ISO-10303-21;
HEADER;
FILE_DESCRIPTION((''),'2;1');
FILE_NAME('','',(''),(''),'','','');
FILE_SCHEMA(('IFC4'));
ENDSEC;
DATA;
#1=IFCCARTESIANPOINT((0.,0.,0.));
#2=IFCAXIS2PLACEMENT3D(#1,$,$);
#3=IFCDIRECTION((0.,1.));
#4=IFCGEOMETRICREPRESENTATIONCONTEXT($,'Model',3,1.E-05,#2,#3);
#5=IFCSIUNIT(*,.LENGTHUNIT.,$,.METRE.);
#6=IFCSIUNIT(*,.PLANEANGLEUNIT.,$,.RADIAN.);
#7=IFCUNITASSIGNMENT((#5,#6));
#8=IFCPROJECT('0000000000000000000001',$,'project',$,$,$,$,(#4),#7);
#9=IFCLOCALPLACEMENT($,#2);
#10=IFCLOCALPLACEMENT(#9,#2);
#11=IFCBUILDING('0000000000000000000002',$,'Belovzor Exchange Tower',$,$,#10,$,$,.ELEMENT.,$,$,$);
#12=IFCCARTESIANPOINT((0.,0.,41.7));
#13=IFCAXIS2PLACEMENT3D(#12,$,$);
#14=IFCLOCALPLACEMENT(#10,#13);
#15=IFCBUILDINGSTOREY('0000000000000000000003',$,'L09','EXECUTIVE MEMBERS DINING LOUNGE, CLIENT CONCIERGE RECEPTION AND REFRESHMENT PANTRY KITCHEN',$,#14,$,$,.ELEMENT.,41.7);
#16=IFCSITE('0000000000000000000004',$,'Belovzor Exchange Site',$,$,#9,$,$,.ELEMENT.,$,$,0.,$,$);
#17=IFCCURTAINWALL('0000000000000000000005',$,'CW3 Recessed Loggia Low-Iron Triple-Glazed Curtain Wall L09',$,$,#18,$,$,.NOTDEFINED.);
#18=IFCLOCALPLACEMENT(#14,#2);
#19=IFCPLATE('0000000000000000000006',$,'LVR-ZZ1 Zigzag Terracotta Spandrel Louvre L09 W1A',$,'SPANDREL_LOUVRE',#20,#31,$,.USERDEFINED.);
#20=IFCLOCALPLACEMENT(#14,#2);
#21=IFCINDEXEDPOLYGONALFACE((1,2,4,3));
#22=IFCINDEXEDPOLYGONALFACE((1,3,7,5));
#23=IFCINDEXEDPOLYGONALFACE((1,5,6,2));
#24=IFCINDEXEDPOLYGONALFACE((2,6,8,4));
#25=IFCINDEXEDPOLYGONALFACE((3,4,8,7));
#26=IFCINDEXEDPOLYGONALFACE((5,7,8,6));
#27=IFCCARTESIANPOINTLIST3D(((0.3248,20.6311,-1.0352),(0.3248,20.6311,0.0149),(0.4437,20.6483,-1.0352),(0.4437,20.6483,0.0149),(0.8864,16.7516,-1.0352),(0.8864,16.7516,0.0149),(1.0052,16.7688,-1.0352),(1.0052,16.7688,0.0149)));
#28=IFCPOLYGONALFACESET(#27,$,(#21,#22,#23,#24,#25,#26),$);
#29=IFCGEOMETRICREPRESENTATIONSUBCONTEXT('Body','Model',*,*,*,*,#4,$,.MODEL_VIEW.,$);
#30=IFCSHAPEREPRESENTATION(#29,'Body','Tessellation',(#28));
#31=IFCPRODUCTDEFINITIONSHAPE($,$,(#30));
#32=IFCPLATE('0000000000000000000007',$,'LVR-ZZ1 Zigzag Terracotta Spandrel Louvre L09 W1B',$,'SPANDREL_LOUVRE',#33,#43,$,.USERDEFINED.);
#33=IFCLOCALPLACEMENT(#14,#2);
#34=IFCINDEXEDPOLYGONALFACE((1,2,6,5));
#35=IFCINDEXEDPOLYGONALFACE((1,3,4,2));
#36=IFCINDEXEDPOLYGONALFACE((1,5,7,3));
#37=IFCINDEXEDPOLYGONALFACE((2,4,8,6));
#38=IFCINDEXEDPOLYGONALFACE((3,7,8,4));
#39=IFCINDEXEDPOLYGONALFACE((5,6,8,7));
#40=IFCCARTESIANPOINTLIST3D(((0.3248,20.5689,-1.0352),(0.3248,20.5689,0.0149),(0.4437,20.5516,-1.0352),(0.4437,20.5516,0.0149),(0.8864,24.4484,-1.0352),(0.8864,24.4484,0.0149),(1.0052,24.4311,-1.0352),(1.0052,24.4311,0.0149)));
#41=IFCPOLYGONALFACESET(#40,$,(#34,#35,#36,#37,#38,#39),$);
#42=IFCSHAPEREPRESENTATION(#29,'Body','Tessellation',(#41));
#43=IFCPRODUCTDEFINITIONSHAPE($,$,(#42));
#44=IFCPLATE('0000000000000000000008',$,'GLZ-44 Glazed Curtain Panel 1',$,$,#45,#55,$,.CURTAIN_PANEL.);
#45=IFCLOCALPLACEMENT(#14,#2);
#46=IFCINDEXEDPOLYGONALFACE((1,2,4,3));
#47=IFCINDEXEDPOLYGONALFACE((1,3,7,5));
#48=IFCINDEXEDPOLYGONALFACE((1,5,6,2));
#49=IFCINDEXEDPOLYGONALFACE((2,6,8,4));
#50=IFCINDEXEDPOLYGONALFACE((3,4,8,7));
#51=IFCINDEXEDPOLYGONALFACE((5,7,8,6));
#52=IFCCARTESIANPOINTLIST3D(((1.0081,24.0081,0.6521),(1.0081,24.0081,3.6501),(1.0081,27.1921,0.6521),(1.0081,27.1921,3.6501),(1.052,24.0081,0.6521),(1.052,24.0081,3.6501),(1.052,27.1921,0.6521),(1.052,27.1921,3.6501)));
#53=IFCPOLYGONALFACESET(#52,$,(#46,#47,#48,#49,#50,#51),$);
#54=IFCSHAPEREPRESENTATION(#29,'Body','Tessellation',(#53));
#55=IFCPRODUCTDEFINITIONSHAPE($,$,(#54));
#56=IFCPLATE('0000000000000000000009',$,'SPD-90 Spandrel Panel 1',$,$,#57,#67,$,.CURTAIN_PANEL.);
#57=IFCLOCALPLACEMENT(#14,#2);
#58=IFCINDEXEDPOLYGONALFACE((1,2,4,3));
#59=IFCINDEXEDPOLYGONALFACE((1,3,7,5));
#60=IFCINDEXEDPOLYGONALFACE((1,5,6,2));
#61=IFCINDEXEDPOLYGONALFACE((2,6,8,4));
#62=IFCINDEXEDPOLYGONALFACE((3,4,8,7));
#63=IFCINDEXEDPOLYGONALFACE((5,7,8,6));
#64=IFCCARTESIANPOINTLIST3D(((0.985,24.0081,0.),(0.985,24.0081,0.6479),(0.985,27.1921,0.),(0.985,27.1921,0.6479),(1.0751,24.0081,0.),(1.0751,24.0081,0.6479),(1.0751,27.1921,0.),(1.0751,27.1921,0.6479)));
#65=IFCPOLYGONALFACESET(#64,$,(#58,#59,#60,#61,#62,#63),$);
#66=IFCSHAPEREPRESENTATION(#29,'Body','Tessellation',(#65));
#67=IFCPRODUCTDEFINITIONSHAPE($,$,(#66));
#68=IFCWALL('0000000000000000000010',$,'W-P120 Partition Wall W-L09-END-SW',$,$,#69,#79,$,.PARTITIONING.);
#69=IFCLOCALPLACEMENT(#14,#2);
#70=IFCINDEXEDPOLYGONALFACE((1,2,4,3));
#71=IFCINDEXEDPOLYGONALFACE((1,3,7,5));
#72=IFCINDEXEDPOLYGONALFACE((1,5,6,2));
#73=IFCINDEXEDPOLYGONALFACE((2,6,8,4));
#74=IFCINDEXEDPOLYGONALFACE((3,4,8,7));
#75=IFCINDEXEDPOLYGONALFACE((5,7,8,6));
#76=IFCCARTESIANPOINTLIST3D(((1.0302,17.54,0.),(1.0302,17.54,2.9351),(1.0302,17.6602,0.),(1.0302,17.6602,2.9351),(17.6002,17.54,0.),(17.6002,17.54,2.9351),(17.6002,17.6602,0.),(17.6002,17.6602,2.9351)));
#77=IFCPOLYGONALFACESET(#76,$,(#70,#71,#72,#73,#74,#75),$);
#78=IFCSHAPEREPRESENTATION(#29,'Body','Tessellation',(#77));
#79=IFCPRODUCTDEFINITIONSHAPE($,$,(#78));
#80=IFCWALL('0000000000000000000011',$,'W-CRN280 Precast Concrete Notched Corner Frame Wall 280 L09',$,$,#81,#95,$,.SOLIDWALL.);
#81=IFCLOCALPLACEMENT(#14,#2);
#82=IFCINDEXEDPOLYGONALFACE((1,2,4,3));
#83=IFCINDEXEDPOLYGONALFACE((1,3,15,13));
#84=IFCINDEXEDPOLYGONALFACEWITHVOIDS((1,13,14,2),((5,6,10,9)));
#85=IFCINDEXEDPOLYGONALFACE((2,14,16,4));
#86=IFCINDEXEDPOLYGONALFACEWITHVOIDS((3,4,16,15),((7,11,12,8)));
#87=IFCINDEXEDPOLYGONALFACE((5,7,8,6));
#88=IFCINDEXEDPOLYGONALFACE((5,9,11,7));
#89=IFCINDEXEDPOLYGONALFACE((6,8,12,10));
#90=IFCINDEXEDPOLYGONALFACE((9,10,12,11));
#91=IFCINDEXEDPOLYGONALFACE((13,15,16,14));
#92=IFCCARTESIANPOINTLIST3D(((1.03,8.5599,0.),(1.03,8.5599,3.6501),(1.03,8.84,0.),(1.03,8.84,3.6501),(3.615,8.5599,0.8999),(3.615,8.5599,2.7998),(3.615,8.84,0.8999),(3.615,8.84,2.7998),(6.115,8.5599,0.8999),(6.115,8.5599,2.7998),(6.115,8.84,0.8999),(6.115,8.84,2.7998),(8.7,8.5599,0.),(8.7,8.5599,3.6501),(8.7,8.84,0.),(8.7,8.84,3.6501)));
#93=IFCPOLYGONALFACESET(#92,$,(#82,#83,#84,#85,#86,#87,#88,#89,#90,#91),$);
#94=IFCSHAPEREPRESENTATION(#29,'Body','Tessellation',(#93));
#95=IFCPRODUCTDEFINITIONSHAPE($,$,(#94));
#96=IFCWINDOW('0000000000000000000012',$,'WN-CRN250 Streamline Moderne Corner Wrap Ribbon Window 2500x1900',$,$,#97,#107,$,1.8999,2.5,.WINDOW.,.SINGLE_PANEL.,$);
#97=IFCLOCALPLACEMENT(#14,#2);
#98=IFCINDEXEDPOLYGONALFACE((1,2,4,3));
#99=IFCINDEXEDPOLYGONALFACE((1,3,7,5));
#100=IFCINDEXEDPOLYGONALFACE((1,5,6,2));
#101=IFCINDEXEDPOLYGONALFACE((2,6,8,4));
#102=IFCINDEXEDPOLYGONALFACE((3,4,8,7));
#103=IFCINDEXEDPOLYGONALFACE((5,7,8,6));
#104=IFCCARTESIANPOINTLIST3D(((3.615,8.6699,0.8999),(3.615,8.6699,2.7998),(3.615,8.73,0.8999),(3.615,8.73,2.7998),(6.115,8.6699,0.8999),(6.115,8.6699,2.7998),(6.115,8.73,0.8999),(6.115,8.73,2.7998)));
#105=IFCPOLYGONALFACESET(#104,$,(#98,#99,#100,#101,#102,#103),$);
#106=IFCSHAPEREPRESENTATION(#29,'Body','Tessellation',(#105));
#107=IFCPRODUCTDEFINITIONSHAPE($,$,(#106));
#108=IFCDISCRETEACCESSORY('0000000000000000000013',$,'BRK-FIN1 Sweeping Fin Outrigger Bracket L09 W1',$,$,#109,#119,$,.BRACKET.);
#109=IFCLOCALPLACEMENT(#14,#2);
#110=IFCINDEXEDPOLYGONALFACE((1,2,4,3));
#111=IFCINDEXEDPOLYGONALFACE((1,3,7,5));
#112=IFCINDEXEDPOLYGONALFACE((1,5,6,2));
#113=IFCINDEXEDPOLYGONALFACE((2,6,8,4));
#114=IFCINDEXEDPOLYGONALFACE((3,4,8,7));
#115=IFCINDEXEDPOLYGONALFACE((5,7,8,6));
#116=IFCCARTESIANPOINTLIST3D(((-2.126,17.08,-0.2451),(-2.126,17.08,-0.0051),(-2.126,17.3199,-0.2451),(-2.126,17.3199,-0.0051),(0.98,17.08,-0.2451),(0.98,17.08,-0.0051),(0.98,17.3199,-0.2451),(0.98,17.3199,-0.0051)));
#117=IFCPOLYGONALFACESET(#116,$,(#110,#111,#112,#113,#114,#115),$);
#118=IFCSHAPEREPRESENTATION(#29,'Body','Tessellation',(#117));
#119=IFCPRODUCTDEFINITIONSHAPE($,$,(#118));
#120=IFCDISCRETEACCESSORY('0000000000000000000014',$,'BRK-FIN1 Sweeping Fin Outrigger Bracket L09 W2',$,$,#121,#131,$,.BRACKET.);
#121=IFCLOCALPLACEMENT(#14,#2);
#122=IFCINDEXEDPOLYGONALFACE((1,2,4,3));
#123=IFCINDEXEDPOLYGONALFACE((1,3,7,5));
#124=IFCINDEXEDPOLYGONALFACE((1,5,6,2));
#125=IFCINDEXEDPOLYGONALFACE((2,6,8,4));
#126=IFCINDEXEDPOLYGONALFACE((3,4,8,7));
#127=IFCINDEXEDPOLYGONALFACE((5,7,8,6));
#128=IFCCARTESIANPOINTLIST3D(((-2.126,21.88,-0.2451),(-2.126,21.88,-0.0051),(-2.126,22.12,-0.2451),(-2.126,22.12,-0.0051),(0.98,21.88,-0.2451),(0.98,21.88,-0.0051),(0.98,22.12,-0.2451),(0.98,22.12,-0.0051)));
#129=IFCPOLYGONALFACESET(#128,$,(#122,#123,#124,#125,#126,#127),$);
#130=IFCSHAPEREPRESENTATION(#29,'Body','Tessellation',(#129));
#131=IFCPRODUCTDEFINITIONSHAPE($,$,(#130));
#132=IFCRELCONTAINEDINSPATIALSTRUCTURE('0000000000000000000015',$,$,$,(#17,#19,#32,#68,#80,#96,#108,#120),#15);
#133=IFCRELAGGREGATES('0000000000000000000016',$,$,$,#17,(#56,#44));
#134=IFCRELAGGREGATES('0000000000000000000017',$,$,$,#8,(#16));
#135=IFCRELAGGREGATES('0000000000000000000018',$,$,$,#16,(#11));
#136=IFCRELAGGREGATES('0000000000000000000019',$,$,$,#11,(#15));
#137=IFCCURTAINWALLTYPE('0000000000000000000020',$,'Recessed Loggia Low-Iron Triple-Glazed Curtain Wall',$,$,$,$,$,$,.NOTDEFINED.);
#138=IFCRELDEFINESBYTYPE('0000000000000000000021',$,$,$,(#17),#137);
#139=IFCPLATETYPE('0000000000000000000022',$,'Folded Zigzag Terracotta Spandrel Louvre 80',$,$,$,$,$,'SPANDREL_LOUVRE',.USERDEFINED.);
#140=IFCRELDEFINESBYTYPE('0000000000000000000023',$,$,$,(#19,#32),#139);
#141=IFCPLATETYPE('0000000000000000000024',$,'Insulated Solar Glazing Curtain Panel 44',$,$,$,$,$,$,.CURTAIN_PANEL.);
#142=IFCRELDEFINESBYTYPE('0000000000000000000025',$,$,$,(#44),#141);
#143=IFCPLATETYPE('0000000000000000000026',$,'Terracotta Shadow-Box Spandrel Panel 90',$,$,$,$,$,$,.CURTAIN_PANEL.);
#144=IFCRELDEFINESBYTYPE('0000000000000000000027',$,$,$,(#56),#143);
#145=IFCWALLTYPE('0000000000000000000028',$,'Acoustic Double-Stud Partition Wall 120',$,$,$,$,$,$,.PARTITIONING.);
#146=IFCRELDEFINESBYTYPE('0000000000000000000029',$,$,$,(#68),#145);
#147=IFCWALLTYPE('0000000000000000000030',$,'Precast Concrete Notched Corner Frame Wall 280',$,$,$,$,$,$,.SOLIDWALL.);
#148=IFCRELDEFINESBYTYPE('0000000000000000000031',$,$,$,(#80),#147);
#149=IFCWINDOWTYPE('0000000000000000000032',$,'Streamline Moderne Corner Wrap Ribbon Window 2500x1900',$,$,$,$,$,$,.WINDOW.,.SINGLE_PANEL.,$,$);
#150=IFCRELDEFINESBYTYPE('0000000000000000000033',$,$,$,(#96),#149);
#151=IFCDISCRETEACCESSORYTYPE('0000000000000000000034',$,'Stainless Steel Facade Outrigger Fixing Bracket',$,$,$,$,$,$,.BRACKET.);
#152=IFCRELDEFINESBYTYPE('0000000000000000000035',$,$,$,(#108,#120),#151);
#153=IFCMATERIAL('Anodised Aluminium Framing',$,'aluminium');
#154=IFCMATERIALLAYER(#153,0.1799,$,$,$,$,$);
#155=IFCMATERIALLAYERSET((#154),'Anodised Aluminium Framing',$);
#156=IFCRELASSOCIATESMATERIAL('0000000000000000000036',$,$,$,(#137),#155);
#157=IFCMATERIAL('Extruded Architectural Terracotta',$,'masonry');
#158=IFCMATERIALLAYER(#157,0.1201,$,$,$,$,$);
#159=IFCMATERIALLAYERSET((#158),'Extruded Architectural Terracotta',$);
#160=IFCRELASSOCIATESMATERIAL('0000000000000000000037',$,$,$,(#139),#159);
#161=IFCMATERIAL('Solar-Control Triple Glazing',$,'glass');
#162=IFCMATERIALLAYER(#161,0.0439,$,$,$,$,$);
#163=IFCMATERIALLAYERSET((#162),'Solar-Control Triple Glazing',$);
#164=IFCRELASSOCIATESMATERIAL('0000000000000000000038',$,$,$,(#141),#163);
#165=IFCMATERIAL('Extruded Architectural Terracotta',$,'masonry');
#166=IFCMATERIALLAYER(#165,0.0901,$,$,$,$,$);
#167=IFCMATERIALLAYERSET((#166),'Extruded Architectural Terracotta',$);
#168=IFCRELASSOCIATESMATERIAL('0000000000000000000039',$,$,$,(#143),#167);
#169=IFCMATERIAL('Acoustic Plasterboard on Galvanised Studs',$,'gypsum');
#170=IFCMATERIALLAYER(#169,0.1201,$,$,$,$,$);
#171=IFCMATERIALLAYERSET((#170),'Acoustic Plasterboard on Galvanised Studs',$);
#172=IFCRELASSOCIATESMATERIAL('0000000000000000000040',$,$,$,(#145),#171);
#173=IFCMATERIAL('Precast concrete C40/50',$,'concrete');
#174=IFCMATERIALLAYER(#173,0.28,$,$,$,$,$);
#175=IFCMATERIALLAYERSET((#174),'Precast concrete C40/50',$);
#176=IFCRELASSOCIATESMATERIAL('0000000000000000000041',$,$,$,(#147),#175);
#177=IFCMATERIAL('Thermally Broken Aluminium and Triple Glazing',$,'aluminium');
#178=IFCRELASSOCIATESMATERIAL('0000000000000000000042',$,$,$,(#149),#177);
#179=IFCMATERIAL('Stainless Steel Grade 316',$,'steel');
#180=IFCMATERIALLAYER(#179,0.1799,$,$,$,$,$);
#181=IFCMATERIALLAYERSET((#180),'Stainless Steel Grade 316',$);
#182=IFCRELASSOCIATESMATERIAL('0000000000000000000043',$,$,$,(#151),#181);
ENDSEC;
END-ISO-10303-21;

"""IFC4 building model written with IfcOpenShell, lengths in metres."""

from ifc_helpers import new_model, si_unit, direction, frame, frame_2d, origin, origin_2d, place, context, subcontext, project, spatial, rectangle, extrude, material, layer, layer_set, type_object, element, fill, aggregate, save


model = new_model("IFC4")

# Units and contexts
model_context = context("Model", 3, precision=1e-05, world=origin(), true_north=direction((0.0, 1.0)))
body_context = subcontext(model_context, "Body", "Model", "MODEL_VIEW")
ifc_project = project(units=[si_unit("LENGTHUNIT", "METRE"), si_unit("PLANEANGLEUNIT", "RADIAN")], contexts=[model_context])

# Site, building, storey
site_placement = place(None, origin())
site = spatial("IfcSite", under=ifc_project, at=site_placement, Name="Belovzor Exchange Site", CompositionType="ELEMENT", RefElevation=0.0)
building_placement = place(site_placement, origin())
building = spatial("IfcBuilding", under=site, at=building_placement, Name="Belovzor Exchange Tower", CompositionType="ELEMENT")
storey_placement = place(building_placement, frame((0.0, 0.0, 41.7)))
storey = spatial("IfcBuildingStorey", under=building, at=storey_placement, Name="L09", Description="EXECUTIVE MEMBERS DINING LOUNGE, CLIENT CONCIERGE RECEPTION AND REFRESHMENT PANTRY KITCHEN", CompositionType="ELEMENT", Elevation=41.7)

# Curtain wall
ifc_material_1 = material(Name="Anodised Aluminium Framing", Category="aluminium")
ifc_layer_1 = layer(ifc_material_1, 0.1799)
ifc_layer_set_1 = layer_set([ifc_layer_1], Name="Anodised Aluminium Framing")
curtain_wall_type = type_object("IfcCurtainWallType", Name="Recessed Loggia Low-Iron Triple-Glazed Curtain Wall", PredefinedType="NOTDEFINED", material=ifc_layer_set_1)
curtain_wall_placement = place(storey_placement, origin())
curtain_wall = element("IfcCurtainWall", 1, at=curtain_wall_placement, inside=storey, type_object=curtain_wall_type, Name="CW3 Recessed Loggia Low-Iron Triple-Glazed Curtain Wall L09", PredefinedType="NOTDEFINED")

# Plates
ifc_material_2 = material(Name="Extruded Architectural Terracotta", Category="masonry")
ifc_layer_2 = layer(ifc_material_2, 0.1201)
ifc_layer_set_2 = layer_set([ifc_layer_2], Name="Extruded Architectural Terracotta")
plate_type_1 = type_object("IfcPlateType", Name="Folded Zigzag Terracotta Spandrel Louvre 80", ElementType="SPANDREL_LOUVRE", PredefinedType="USERDEFINED", material=ifc_layer_set_2)
for number, where, z_axis, x_axis, name in (
    (2, (0.665, 18.7, -1.0352), (0.0, 0.0, 1.0), (-0.143251, 0.989686, 0.0), "LVR-ZZ1 Zigzag Terracotta Spandrel Louvre L09 W1A"),
    (3, (0.665, 22.5, -1.0352), (0.0, 0.0, 1.0), (0.143251, 0.989686, 0.0), "LVR-ZZ1 Zigzag Terracotta Spandrel Louvre L09 W1B"),
):
    element("IfcPlate", number, at=place(storey_placement, frame(where, z_axis=z_axis, x_axis=x_axis)), inside=storey, type_object=plate_type_1, Name=name, ObjectType="SPANDREL_LOUVRE", PredefinedType="USERDEFINED", context=body_context, shape_type="SweptSolid", body=[
        extrude(rectangle(XDim=3.9199, YDim=0.1201, at=origin_2d()), origin(), (0.0, 0.0, 1.0), 1.05),
    ])

# Plates
ifc_material_3 = material(Name="Solar-Control Triple Glazing", Category="glass")
ifc_layer_3 = layer(ifc_material_3, 0.0439)
ifc_layer_set_3 = layer_set([ifc_layer_3], Name="Solar-Control Triple Glazing")
plate_type_2 = type_object("IfcPlateType", Name="Insulated Solar Glazing Curtain Panel 44", PredefinedType="CURTAIN_PANEL", material=ifc_layer_set_3)
plate_1_placement = place(storey_placement, frame((1.03, 25.6001, 0.6521), z_axis=(0.0, 0.0, 1.0), x_axis=(0.0, 1.0, 0.0)))
plate_1 = element("IfcPlate", 4, at=plate_1_placement, type_object=plate_type_2, Name="GLZ-44 Glazed Curtain Panel 1", PredefinedType="CURTAIN_PANEL", context=body_context, shape_type="SweptSolid", body=[
    extrude(rectangle(XDim=3.1841, YDim=0.0439, at=origin_2d()), origin(), (0.0, 0.0, 1.0), 2.998),
])
ifc_material_4 = material(Name="Extruded Architectural Terracotta", Category="masonry")
ifc_layer_4 = layer(ifc_material_4, 0.0901)
ifc_layer_set_4 = layer_set([ifc_layer_4], Name="Extruded Architectural Terracotta")
plate_type_3 = type_object("IfcPlateType", Name="Terracotta Shadow-Box Spandrel Panel 90", PredefinedType="CURTAIN_PANEL", material=ifc_layer_set_4)
plate_2_placement = place(storey_placement, frame((1.03, 25.6001, 0.0), z_axis=(0.0, 0.0, 1.0), x_axis=(0.0, 1.0, 0.0)))
plate_2 = element("IfcPlate", 5, at=plate_2_placement, type_object=plate_type_3, Name="SPD-90 Spandrel Panel 1", PredefinedType="CURTAIN_PANEL", context=body_context, shape_type="SweptSolid", body=[
    extrude(rectangle(XDim=3.1841, YDim=0.0901, at=origin_2d()), origin(), (0.0, 0.0, 1.0), 0.6479),
])
aggregate(curtain_wall, [plate_2, plate_1])

# Wall
ifc_material_5 = material(Name="Acoustic Plasterboard on Galvanised Studs", Category="gypsum")
ifc_layer_5 = layer(ifc_material_5, 0.1201)
ifc_layer_set_5 = layer_set([ifc_layer_5], Name="Acoustic Plasterboard on Galvanised Studs")
wall_type_1 = type_object("IfcWallType", Name="Acoustic Double-Stud Partition Wall 120", PredefinedType="PARTITIONING", material=ifc_layer_set_5)
wall_1_placement = place(storey_placement, frame((1.03, 17.6001, 0.0), z_axis=(0.0, 0.0, 1.0), x_axis=(1.0, 0.0, 0.0)))
element("IfcWall", 6, at=wall_1_placement, inside=storey, type_object=wall_type_1, Name="W-P120 Partition Wall W-L09-END-SW", PredefinedType="PARTITIONING", context=body_context, shape_type="SweptSolid", body=[
    extrude(rectangle(XDim=16.5701, YDim=0.1201, at=frame_2d((8.2852, 0.0))), origin(), (0.0, 0.0, 1.0), 2.9351),
])

# Wall, opening, window
ifc_material_6 = material(Name="Precast concrete C40/50", Category="concrete")
ifc_layer_6 = layer(ifc_material_6, 0.28)
ifc_layer_set_6 = layer_set([ifc_layer_6], Name="Precast concrete C40/50")
wall_type_2 = type_object("IfcWallType", Name="Precast Concrete Notched Corner Frame Wall 280", PredefinedType="SOLIDWALL", material=ifc_layer_set_6)
wall_2_placement = place(storey_placement, frame((8.7, 8.7, 0.0), z_axis=(0.0, 0.0, 1.0), x_axis=(-1.0, 0.0, 0.0)))
wall_2 = element("IfcWall", 7, at=wall_2_placement, inside=storey, type_object=wall_type_2, Name="W-CRN280 Precast Concrete Notched Corner Frame Wall 280 L09", PredefinedType="SOLIDWALL", context=body_context, shape_type="SweptSolid", body=[
    extrude(rectangle(XDim=7.6699, YDim=0.28, at=frame_2d((3.835, 0.0))), origin(), (0.0, 0.0, 1.0), 3.6501),
])
opening_placement = place(wall_2_placement, frame((2.585, 0.0, 0.8999)))
opening = element("IfcOpeningElement", 8, at=opening_placement, cuts=wall_2, PredefinedType="OPENING", context=body_context, shape_type="SweptSolid", body=[
    extrude(rectangle(XDim=2.5, YDim=1.8999, at=frame_2d((1.25, 0.95))), frame((0.0, 0.1499, 0.0), z_axis=(0.0, -1.0, 0.0), x_axis=(1.0, 0.0, 0.0)), (0.0, 0.0, 1.0), 0.3),
])
ifc_material_7 = material(Name="Thermally Broken Aluminium and Triple Glazing", Category="aluminium")
window_type = type_object("IfcWindowType", Name="Streamline Moderne Corner Wrap Ribbon Window 2500x1900", PartitioningType="SINGLE_PANEL", PredefinedType="WINDOW", material=ifc_material_7)
window_placement = place(opening_placement, origin())
window = element("IfcWindow", 9, at=window_placement, inside=storey, type_object=window_type, Name="WN-CRN250 Streamline Moderne Corner Wrap Ribbon Window 2500x1900", OverallHeight=1.8999, OverallWidth=2.5, PartitioningType="SINGLE_PANEL", PredefinedType="WINDOW", context=body_context, shape_type="SweptSolid", body=[
    extrude(rectangle(XDim=2.5, YDim=1.8999, at=frame_2d((1.25, 0.95))), frame((0.0, 0.03, 0.0), z_axis=(0.0, -1.0, 0.0), x_axis=(1.0, 0.0, 0.0)), (0.0, 0.0, 1.0), 0.0601),
])
fill(opening, window)

# Discrete accessories
ifc_material_8 = material(Name="Stainless Steel Grade 316", Category="steel")
ifc_layer_7 = layer(ifc_material_8, 0.1799)
ifc_layer_set_7 = layer_set([ifc_layer_7], Name="Stainless Steel Grade 316")
discrete_accessory_type = type_object("IfcDiscreteAccessoryType", Name="Stainless Steel Facade Outrigger Fixing Bracket", PredefinedType="BRACKET", material=ifc_layer_set_7)
for number, where, z_axis, x_axis, name in (
    (10, (-0.573, 17.2, -0.2451), (0.0, 0.0, 1.0), (1.0, 0.0, 0.0), "BRK-FIN1 Sweeping Fin Outrigger Bracket L09 W1"),
    (11, (-0.573, 22.0, -0.2451), (0.0, 0.0, 1.0), (1.0, 0.0, 0.0), "BRK-FIN1 Sweeping Fin Outrigger Bracket L09 W2"),
):
    element("IfcDiscreteAccessory", number, at=place(storey_placement, frame(where, z_axis=z_axis, x_axis=x_axis)), inside=storey, type_object=discrete_accessory_type, Name=name, PredefinedType="BRACKET", context=body_context, shape_type="SweptSolid", body=[
        extrude(rectangle(XDim=3.106, YDim=0.24, at=origin_2d()), origin(), (0.0, 0.0, 1.0), 0.24),
    ])

save(model, "model.ifc")
